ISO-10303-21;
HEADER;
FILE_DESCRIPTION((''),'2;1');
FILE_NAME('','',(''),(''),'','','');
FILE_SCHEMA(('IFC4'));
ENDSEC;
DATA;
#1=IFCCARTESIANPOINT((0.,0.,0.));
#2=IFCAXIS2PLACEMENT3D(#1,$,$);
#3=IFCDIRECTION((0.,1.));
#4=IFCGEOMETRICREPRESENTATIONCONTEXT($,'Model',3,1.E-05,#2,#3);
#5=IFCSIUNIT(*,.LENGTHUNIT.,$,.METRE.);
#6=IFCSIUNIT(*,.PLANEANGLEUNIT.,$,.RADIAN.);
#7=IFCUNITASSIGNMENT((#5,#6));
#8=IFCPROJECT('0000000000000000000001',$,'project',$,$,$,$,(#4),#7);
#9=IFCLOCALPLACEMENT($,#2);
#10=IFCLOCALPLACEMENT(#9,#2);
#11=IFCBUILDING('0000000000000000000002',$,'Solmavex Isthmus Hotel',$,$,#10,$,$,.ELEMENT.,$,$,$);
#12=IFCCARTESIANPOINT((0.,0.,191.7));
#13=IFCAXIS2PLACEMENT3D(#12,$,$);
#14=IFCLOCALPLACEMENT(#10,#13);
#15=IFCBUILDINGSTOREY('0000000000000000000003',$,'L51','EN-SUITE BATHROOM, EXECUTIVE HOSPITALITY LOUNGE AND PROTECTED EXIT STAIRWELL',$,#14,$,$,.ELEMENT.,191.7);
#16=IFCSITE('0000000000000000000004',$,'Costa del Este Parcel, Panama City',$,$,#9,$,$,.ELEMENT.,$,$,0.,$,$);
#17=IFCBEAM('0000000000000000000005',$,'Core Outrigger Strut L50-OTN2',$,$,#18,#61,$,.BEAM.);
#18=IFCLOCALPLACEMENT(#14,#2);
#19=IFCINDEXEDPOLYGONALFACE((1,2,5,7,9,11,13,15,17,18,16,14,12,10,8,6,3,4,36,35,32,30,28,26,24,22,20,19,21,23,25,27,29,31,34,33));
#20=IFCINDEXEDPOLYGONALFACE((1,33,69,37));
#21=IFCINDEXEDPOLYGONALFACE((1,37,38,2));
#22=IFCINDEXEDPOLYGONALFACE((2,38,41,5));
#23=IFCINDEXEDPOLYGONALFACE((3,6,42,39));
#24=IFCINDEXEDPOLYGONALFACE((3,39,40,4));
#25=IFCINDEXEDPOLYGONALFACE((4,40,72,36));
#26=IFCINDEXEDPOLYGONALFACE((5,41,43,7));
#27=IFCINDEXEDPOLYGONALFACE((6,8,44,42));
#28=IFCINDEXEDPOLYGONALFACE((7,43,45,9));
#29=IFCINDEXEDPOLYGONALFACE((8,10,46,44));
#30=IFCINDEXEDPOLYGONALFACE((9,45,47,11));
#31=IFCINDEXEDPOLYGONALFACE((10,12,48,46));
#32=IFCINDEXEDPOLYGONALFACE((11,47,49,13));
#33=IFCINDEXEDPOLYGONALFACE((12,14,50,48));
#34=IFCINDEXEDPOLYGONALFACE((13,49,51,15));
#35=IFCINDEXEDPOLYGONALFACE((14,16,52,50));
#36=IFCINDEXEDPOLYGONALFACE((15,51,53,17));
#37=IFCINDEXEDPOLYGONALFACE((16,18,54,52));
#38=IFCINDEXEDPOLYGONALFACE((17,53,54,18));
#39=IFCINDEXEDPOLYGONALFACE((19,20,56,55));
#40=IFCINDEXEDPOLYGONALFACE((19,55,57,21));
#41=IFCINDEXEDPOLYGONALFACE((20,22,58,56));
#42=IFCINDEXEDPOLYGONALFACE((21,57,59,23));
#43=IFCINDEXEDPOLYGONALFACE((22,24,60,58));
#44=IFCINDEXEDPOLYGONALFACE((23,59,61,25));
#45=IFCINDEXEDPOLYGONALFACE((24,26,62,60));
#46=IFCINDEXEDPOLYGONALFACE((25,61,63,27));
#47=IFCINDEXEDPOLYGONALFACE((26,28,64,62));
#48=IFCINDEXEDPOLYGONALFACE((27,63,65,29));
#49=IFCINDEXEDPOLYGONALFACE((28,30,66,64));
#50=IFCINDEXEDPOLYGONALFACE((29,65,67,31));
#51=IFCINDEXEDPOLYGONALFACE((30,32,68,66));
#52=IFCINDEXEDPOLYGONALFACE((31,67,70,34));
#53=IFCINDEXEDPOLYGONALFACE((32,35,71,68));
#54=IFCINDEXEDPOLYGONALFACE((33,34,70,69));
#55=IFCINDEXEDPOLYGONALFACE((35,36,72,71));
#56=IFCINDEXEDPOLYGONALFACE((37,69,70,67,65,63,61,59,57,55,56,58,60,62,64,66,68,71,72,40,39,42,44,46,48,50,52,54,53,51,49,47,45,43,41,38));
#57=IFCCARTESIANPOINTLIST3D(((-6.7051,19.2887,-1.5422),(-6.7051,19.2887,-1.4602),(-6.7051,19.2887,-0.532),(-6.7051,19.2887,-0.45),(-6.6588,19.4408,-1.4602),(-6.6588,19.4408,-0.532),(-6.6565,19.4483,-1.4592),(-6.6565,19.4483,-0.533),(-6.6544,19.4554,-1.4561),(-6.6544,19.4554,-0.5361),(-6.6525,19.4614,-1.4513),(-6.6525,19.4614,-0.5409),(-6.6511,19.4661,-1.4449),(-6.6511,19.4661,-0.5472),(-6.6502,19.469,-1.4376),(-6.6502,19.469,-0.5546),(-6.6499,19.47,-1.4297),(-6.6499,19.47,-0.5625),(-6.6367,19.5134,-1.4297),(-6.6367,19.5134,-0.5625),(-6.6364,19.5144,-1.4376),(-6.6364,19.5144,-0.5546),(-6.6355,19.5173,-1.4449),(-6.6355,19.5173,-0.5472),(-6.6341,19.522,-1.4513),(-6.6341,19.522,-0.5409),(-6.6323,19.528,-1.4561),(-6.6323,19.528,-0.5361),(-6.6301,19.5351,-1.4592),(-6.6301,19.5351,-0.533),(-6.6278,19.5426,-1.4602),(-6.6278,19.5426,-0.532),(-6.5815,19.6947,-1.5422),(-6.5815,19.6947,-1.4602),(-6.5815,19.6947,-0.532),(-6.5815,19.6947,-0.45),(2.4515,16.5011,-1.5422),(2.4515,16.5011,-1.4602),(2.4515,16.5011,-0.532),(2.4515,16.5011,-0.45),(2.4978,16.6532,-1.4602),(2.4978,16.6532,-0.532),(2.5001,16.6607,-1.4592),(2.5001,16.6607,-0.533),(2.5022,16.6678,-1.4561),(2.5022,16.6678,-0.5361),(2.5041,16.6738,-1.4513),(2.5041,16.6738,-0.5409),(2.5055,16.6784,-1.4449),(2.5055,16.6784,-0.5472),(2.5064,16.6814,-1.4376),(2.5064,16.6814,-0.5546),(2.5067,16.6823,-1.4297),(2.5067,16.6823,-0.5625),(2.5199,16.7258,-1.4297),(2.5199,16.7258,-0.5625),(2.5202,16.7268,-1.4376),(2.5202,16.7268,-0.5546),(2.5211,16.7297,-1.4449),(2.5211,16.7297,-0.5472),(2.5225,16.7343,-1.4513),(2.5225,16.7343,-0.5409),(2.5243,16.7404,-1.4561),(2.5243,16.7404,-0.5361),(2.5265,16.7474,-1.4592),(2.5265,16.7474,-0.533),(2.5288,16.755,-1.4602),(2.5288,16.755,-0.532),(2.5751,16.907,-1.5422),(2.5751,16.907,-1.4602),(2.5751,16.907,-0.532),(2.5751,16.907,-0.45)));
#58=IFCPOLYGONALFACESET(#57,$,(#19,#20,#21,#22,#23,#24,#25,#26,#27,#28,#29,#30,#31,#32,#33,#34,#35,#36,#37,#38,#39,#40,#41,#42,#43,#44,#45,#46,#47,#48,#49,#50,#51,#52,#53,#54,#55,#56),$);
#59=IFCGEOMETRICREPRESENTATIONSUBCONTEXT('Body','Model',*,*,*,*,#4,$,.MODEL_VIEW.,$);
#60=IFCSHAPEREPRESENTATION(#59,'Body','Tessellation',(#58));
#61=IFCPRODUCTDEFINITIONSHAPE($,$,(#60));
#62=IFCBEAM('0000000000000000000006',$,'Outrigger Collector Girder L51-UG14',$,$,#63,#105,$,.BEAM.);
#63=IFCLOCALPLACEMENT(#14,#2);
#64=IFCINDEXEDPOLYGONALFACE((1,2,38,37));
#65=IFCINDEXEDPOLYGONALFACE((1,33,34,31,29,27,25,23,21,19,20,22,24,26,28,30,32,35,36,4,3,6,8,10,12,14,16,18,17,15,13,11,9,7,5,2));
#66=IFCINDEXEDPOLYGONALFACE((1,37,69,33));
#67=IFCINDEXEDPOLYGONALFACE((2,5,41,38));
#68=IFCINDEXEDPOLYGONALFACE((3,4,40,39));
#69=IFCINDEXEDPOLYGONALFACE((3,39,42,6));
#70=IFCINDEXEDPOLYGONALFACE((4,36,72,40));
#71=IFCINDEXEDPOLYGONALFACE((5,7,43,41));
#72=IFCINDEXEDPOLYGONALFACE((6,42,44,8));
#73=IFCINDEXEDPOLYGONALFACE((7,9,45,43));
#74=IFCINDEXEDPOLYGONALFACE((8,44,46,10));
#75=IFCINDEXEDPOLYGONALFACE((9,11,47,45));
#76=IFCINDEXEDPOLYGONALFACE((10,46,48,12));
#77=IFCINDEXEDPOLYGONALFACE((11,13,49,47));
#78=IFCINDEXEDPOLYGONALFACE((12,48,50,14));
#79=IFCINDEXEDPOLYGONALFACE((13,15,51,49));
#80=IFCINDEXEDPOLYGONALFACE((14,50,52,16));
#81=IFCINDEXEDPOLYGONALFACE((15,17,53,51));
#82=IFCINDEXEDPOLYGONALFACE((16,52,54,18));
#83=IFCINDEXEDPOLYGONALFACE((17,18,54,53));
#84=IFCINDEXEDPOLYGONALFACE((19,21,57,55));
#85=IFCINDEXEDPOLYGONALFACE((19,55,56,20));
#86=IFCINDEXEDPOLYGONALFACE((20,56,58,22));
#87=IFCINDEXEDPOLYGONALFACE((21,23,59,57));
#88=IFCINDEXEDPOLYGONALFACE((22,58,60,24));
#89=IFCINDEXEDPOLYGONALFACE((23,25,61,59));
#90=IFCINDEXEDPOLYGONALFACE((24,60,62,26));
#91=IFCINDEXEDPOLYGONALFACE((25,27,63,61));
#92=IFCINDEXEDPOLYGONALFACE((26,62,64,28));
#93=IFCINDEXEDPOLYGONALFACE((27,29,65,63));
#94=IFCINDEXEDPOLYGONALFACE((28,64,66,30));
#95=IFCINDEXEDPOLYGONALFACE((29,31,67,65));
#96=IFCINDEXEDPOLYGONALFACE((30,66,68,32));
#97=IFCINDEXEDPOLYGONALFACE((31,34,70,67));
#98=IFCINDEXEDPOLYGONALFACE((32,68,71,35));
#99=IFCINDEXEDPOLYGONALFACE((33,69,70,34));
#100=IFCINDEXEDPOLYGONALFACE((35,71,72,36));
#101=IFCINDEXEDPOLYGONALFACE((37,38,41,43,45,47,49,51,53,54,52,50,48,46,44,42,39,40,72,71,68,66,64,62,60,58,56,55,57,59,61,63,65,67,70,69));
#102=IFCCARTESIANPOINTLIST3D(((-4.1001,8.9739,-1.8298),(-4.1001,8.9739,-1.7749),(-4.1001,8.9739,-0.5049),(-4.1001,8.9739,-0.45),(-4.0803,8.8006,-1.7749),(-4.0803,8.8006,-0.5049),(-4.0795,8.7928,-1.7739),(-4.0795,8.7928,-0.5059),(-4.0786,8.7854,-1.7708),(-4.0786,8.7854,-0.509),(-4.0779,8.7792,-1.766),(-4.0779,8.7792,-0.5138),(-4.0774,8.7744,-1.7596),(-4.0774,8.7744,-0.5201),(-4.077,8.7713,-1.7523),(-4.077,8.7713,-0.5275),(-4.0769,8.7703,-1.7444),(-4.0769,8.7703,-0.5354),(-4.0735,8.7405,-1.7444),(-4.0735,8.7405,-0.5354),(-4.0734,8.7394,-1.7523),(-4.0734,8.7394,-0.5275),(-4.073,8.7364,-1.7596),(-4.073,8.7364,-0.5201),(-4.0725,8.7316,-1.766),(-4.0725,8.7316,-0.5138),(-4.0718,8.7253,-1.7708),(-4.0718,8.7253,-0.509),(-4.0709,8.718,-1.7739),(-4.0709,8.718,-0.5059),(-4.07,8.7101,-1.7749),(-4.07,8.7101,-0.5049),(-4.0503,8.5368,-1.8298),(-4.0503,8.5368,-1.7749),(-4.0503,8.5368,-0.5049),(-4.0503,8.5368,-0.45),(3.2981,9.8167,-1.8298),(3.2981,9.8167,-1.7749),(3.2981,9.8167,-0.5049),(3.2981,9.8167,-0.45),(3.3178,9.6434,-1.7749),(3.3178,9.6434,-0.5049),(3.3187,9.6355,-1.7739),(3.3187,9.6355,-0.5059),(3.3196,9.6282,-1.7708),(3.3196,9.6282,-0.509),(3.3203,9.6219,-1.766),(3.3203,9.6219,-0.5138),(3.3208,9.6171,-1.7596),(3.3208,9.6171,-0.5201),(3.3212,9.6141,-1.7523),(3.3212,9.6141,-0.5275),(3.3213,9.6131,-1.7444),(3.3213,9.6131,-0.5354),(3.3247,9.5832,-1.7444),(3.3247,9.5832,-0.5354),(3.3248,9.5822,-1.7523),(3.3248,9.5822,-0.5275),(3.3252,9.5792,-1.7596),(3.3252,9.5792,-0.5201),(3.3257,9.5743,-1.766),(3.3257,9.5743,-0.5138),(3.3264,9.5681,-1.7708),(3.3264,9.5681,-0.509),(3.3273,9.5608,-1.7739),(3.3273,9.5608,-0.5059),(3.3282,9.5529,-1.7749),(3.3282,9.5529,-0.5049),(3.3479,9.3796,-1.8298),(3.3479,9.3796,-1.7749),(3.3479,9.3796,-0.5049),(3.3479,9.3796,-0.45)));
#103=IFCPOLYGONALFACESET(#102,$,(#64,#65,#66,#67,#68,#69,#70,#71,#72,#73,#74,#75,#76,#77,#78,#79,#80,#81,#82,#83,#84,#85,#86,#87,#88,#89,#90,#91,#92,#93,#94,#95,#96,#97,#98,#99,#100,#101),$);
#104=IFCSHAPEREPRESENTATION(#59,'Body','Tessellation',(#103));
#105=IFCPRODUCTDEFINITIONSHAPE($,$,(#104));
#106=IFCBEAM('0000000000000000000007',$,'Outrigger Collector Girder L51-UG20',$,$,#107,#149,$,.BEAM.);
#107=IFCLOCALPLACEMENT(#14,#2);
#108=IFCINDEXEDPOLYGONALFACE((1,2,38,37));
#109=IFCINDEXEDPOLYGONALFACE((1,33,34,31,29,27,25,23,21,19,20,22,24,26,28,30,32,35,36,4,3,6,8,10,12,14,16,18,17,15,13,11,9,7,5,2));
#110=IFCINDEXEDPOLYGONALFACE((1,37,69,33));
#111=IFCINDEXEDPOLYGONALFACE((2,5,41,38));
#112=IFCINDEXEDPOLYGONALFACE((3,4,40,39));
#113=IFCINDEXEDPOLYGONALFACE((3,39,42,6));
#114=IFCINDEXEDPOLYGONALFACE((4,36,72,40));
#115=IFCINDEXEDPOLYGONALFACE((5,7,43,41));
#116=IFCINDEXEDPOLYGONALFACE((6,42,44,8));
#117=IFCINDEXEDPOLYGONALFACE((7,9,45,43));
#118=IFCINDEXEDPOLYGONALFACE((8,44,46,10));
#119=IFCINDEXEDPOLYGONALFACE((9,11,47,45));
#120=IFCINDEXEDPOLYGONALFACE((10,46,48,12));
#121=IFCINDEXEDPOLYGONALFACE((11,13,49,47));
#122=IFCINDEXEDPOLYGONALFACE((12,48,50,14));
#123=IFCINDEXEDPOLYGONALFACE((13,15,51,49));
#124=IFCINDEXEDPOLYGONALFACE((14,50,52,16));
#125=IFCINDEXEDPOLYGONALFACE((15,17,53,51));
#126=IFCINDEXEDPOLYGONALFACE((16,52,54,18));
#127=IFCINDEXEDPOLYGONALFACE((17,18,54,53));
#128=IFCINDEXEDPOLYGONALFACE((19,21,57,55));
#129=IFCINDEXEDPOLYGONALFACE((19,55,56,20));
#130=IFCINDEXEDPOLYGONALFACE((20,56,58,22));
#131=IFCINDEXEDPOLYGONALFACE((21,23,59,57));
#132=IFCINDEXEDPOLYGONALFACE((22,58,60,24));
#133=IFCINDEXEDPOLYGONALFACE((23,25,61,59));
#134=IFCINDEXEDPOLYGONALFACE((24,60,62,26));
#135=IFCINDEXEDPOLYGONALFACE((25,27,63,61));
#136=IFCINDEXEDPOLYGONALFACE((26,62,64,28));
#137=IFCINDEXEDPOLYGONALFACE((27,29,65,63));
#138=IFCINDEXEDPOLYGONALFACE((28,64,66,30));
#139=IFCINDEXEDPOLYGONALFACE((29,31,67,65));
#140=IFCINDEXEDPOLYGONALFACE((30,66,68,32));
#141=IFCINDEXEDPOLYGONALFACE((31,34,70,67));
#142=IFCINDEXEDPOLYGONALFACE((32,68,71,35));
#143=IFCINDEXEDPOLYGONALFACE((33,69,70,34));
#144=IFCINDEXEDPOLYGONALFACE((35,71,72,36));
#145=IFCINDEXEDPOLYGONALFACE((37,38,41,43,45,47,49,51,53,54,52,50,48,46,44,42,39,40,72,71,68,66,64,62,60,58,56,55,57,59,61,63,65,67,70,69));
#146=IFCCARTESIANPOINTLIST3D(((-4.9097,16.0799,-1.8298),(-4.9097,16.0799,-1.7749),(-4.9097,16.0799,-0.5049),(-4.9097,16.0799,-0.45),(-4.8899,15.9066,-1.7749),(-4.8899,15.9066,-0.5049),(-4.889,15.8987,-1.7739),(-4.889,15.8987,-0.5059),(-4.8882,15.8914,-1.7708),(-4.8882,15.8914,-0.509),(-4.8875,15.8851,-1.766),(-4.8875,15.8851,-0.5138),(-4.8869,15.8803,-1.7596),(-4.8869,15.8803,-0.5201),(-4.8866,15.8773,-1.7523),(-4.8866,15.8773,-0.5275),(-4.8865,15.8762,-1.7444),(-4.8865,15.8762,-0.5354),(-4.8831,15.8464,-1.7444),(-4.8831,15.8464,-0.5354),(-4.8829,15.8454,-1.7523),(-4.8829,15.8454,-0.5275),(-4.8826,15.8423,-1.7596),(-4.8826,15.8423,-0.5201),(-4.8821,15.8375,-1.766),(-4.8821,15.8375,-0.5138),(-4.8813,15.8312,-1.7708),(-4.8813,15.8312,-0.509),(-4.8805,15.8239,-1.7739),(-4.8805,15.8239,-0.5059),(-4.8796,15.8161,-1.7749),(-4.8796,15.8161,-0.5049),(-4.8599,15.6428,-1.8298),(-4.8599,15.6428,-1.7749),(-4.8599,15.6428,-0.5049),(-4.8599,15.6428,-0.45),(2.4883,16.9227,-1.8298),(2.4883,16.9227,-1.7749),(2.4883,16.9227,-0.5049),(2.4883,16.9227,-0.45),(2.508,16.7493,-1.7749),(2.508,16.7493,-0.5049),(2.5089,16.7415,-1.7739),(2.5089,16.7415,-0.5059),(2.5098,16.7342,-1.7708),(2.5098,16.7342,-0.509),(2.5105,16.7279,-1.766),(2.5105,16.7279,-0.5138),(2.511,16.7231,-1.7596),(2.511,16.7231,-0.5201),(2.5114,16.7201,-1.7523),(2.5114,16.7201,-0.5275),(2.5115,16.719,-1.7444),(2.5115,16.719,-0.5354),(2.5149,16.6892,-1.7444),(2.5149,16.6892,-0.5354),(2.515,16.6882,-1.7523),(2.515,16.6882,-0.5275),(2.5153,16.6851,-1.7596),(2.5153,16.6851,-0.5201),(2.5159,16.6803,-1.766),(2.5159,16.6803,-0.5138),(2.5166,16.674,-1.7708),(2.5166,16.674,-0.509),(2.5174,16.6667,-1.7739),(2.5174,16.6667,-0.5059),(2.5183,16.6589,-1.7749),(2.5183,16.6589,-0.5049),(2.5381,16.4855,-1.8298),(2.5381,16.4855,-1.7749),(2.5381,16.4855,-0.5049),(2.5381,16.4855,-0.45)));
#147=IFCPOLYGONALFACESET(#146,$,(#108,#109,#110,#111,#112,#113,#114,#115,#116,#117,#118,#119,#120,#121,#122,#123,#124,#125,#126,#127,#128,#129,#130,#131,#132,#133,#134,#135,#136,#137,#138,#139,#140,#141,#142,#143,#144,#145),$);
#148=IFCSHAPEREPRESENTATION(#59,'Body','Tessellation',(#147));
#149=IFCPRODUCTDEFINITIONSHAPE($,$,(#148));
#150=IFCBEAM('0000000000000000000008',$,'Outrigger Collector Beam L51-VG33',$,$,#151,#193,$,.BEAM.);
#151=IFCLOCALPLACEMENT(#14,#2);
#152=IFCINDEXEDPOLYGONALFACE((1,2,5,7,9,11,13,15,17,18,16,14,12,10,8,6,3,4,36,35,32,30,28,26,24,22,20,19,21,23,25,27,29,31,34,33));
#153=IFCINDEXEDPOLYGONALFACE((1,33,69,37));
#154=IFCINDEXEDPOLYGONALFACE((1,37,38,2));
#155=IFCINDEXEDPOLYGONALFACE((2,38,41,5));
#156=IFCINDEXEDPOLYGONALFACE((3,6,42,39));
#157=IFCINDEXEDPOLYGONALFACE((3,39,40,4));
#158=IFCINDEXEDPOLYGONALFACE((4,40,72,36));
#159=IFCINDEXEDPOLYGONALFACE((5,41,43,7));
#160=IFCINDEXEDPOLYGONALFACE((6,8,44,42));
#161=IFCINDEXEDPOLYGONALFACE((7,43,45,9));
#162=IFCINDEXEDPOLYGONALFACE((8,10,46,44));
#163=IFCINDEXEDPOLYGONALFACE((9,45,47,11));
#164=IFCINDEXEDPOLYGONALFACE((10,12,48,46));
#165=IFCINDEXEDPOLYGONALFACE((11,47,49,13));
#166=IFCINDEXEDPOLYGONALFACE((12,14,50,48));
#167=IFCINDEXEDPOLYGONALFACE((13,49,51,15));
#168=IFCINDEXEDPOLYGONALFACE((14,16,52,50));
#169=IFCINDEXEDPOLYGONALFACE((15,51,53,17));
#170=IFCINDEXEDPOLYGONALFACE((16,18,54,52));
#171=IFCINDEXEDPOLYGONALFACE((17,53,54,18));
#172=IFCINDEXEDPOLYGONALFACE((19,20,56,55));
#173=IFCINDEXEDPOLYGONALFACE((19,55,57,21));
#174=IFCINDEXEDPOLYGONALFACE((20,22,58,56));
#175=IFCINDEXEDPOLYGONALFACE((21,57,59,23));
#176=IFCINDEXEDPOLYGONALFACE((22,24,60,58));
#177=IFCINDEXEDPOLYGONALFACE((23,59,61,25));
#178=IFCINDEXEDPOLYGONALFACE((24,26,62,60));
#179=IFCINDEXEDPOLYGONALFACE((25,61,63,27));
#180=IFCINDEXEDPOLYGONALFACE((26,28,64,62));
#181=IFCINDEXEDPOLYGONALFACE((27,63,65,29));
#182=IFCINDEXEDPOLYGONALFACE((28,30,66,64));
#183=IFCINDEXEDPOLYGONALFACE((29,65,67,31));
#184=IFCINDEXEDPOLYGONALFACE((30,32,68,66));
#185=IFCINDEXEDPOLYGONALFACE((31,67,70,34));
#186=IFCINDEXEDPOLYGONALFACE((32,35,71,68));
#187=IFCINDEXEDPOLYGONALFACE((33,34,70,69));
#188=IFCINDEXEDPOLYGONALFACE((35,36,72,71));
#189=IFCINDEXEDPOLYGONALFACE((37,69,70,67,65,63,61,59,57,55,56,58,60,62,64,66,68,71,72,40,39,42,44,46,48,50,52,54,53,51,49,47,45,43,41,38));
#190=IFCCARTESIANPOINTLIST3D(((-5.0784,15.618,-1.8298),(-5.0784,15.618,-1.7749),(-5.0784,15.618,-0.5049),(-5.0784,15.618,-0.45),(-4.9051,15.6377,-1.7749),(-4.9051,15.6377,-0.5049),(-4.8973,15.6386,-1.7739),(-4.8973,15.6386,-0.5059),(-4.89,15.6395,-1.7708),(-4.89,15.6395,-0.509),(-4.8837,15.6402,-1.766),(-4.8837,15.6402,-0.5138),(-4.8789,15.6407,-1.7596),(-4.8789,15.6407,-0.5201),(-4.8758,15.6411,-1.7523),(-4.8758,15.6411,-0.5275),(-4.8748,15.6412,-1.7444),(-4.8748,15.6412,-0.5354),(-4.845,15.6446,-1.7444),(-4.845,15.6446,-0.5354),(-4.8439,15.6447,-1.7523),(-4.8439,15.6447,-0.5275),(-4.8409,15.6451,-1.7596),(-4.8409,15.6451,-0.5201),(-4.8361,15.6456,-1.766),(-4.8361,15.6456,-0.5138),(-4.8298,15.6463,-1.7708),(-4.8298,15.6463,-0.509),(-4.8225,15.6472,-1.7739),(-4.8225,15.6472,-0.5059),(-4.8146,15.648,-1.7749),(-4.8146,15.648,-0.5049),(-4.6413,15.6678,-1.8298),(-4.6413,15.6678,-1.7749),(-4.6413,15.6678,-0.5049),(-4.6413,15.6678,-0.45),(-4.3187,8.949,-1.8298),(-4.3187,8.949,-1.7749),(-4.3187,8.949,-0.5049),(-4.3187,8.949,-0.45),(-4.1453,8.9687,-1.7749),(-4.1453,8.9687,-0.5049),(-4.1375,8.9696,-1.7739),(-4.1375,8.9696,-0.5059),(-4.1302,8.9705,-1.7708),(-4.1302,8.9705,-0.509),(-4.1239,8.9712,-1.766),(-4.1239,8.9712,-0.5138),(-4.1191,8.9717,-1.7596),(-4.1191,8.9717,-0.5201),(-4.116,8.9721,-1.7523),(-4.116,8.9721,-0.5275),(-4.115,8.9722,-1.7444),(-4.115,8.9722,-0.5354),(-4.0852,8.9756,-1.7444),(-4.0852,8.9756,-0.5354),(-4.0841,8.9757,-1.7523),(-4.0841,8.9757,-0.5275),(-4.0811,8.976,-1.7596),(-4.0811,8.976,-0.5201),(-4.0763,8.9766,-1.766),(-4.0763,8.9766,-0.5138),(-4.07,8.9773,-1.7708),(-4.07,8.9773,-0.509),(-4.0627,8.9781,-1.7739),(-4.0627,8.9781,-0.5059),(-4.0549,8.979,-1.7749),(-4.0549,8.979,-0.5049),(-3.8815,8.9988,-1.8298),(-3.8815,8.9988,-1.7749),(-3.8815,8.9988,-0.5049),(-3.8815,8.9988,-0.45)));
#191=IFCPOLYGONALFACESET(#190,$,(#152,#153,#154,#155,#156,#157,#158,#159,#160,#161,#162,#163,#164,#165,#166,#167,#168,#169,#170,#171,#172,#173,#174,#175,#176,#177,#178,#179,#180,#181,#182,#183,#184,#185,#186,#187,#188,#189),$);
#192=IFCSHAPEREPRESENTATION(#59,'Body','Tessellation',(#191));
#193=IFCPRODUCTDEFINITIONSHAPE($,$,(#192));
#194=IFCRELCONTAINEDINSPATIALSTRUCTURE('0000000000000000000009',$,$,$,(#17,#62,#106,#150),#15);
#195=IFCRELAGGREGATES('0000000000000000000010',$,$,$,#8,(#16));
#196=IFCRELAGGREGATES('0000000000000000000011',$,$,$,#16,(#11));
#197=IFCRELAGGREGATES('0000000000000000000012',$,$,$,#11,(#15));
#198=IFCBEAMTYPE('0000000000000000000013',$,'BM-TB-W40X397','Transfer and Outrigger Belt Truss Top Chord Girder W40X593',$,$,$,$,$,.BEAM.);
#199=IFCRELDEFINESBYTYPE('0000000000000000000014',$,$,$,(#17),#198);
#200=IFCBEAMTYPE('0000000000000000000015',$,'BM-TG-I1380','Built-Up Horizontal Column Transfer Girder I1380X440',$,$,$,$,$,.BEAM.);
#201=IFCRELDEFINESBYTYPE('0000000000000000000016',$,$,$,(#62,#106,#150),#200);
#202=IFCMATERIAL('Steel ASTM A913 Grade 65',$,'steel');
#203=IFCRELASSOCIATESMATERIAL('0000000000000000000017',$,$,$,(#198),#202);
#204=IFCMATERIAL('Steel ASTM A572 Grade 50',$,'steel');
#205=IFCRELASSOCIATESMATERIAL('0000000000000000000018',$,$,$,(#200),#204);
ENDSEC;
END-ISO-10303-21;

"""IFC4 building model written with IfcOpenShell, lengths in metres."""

from ifc_helpers import new_model, si_unit, direction, frame, origin, origin_2d, place, context, subcontext, project, spatial, i_section, extrude, material, material_profile, profile_set, type_object, element, save


model = new_model("IFC4")

# Units and contexts
model_context = context("Model", 3, precision=1e-05, world=origin(), true_north=direction((0.0, 1.0)))
body_context = subcontext(model_context, "Body", "Model", "MODEL_VIEW")
ifc_project = project(units=[si_unit("LENGTHUNIT", "METRE"), si_unit("PLANEANGLEUNIT", "RADIAN")], contexts=[model_context])

# Site, building, storey
site_placement = place(None, origin())
site = spatial("IfcSite", under=ifc_project, at=site_placement, Name="Costa del Este Parcel, Panama City", CompositionType="ELEMENT", RefElevation=0.0)
building_placement = place(site_placement, origin())
building = spatial("IfcBuilding", under=site, at=building_placement, Name="Solmavex Isthmus Hotel", CompositionType="ELEMENT")
storey_placement = place(building_placement, frame((0.0, 0.0, 191.7)))
storey = spatial("IfcBuildingStorey", under=building, at=storey_placement, Name="L51", Description="EN-SUITE BATHROOM, EXECUTIVE HOSPITALITY LOUNGE AND PROTECTED EXIT STAIRWELL", CompositionType="ELEMENT", Elevation=191.7)

# Shared definitions
ifc_material_1 = material(Name="Steel ASTM A913 Grade 65", Category="steel")

# Beams
ifc_material_profile_1 = material_profile(ifc_material_1, i_section(OverallWidth=0.4243, OverallDepth=1.0923, WebThickness=0.0454, FlangeThickness=0.082, FilletRadius=0.0305, at=origin_2d()), Name="W40X593")
ifc_profile_set_1 = profile_set([ifc_material_profile_1], Name="Steel ASTM A913 Grade 65")
beam_type_1 = type_object("IfcBeamType", Name="BM-TB-W40X397", Description="Transfer and Outrigger Belt Truss Top Chord Girder W40X593", PredefinedType="BEAM", material=ifc_profile_set_1)
beam_1_placement = place(storey_placement, frame((-6.6433, 19.4917, -0.9961), z_axis=(0.956649, -0.291242, 0.0), x_axis=(0.291242, 0.956649, 0.0)))
element("IfcBeam", 1, at=beam_1_placement, inside=storey, type_object=beam_type_1, Name="Core Outrigger Strut L50-OTN2", PredefinedType="BEAM", context=body_context, shape_type="SweptSolid", body=[
    extrude(i_section(OverallWidth=0.4243, OverallDepth=1.0923, WebThickness=0.0454, FlangeThickness=0.082, FilletRadius=0.0305, at=origin_2d()), origin(), (0.0, 0.0, 1.0), 9.5715),
])
ifc_material_2 = material(Name="Steel ASTM A572 Grade 50", Category="steel")
ifc_material_profile_2 = material_profile(ifc_material_2, i_section(OverallWidth=0.4399, OverallDepth=1.3799, WebThickness=0.03, FlangeThickness=0.0549, FilletRadius=0.0305, at=origin_2d()), Name="I1380X440")
ifc_profile_set_2 = profile_set([ifc_material_profile_2], Name="Steel ASTM A572 Grade 50")
beam_type_2 = type_object("IfcBeamType", Name="BM-TG-I1380", Description="Built-Up Horizontal Column Transfer Girder I1380X440", PredefinedType="BEAM", material=ifc_profile_set_2)
beam_2_placement = place(storey_placement, frame((-4.0752, 8.7554, -1.1399), z_axis=(0.993574, 0.113184, 0.0), x_axis=(-0.113184, 0.993574, 0.0)))
element("IfcBeam", 2, at=beam_2_placement, inside=storey, type_object=beam_type_2, Name="Outrigger Collector Girder L51-UG14", PredefinedType="BEAM", context=body_context, shape_type="SweptSolid", body=[
    extrude(i_section(OverallWidth=0.4399, OverallDepth=1.3799, WebThickness=0.03, FlangeThickness=0.0549, FilletRadius=0.0305, at=origin_2d()), origin(), (0.0, 0.0, 1.0), 7.446),
])
beam_3_placement = place(storey_placement, frame((-4.8848, 15.8613, -1.1399), z_axis=(0.993574, 0.113188, 0.0), x_axis=(-0.113188, 0.993574, 0.0)))
element("IfcBeam", 3, at=beam_3_placement, inside=storey, type_object=beam_type_2, Name="Outrigger Collector Girder L51-UG20", PredefinedType="BEAM", context=body_context, shape_type="SweptSolid", body=[
    extrude(i_section(OverallWidth=0.4399, OverallDepth=1.3799, WebThickness=0.03, FlangeThickness=0.0549, FilletRadius=0.0305, at=origin_2d()), origin(), (0.0, 0.0, 1.0), 7.4458),
])
beam_4_placement = place(storey_placement, frame((-4.1001, 8.9739, -1.1399), z_axis=(-0.113194, 0.993573, 0.0), x_axis=(-0.993573, -0.113194, 0.0)))
element("IfcBeam", 4, at=beam_4_placement, inside=storey, type_object=beam_type_2, Name="Outrigger Collector Beam L51-VG33", PredefinedType="BEAM", context=body_context, shape_type="SweptSolid", body=[
    extrude(i_section(OverallWidth=0.4399, OverallDepth=1.3799, WebThickness=0.03, FlangeThickness=0.0549, FilletRadius=0.0305, at=origin_2d()), origin(), (0.0, 0.0, 1.0), 6.7122),
])

save(model, "model.ifc")
